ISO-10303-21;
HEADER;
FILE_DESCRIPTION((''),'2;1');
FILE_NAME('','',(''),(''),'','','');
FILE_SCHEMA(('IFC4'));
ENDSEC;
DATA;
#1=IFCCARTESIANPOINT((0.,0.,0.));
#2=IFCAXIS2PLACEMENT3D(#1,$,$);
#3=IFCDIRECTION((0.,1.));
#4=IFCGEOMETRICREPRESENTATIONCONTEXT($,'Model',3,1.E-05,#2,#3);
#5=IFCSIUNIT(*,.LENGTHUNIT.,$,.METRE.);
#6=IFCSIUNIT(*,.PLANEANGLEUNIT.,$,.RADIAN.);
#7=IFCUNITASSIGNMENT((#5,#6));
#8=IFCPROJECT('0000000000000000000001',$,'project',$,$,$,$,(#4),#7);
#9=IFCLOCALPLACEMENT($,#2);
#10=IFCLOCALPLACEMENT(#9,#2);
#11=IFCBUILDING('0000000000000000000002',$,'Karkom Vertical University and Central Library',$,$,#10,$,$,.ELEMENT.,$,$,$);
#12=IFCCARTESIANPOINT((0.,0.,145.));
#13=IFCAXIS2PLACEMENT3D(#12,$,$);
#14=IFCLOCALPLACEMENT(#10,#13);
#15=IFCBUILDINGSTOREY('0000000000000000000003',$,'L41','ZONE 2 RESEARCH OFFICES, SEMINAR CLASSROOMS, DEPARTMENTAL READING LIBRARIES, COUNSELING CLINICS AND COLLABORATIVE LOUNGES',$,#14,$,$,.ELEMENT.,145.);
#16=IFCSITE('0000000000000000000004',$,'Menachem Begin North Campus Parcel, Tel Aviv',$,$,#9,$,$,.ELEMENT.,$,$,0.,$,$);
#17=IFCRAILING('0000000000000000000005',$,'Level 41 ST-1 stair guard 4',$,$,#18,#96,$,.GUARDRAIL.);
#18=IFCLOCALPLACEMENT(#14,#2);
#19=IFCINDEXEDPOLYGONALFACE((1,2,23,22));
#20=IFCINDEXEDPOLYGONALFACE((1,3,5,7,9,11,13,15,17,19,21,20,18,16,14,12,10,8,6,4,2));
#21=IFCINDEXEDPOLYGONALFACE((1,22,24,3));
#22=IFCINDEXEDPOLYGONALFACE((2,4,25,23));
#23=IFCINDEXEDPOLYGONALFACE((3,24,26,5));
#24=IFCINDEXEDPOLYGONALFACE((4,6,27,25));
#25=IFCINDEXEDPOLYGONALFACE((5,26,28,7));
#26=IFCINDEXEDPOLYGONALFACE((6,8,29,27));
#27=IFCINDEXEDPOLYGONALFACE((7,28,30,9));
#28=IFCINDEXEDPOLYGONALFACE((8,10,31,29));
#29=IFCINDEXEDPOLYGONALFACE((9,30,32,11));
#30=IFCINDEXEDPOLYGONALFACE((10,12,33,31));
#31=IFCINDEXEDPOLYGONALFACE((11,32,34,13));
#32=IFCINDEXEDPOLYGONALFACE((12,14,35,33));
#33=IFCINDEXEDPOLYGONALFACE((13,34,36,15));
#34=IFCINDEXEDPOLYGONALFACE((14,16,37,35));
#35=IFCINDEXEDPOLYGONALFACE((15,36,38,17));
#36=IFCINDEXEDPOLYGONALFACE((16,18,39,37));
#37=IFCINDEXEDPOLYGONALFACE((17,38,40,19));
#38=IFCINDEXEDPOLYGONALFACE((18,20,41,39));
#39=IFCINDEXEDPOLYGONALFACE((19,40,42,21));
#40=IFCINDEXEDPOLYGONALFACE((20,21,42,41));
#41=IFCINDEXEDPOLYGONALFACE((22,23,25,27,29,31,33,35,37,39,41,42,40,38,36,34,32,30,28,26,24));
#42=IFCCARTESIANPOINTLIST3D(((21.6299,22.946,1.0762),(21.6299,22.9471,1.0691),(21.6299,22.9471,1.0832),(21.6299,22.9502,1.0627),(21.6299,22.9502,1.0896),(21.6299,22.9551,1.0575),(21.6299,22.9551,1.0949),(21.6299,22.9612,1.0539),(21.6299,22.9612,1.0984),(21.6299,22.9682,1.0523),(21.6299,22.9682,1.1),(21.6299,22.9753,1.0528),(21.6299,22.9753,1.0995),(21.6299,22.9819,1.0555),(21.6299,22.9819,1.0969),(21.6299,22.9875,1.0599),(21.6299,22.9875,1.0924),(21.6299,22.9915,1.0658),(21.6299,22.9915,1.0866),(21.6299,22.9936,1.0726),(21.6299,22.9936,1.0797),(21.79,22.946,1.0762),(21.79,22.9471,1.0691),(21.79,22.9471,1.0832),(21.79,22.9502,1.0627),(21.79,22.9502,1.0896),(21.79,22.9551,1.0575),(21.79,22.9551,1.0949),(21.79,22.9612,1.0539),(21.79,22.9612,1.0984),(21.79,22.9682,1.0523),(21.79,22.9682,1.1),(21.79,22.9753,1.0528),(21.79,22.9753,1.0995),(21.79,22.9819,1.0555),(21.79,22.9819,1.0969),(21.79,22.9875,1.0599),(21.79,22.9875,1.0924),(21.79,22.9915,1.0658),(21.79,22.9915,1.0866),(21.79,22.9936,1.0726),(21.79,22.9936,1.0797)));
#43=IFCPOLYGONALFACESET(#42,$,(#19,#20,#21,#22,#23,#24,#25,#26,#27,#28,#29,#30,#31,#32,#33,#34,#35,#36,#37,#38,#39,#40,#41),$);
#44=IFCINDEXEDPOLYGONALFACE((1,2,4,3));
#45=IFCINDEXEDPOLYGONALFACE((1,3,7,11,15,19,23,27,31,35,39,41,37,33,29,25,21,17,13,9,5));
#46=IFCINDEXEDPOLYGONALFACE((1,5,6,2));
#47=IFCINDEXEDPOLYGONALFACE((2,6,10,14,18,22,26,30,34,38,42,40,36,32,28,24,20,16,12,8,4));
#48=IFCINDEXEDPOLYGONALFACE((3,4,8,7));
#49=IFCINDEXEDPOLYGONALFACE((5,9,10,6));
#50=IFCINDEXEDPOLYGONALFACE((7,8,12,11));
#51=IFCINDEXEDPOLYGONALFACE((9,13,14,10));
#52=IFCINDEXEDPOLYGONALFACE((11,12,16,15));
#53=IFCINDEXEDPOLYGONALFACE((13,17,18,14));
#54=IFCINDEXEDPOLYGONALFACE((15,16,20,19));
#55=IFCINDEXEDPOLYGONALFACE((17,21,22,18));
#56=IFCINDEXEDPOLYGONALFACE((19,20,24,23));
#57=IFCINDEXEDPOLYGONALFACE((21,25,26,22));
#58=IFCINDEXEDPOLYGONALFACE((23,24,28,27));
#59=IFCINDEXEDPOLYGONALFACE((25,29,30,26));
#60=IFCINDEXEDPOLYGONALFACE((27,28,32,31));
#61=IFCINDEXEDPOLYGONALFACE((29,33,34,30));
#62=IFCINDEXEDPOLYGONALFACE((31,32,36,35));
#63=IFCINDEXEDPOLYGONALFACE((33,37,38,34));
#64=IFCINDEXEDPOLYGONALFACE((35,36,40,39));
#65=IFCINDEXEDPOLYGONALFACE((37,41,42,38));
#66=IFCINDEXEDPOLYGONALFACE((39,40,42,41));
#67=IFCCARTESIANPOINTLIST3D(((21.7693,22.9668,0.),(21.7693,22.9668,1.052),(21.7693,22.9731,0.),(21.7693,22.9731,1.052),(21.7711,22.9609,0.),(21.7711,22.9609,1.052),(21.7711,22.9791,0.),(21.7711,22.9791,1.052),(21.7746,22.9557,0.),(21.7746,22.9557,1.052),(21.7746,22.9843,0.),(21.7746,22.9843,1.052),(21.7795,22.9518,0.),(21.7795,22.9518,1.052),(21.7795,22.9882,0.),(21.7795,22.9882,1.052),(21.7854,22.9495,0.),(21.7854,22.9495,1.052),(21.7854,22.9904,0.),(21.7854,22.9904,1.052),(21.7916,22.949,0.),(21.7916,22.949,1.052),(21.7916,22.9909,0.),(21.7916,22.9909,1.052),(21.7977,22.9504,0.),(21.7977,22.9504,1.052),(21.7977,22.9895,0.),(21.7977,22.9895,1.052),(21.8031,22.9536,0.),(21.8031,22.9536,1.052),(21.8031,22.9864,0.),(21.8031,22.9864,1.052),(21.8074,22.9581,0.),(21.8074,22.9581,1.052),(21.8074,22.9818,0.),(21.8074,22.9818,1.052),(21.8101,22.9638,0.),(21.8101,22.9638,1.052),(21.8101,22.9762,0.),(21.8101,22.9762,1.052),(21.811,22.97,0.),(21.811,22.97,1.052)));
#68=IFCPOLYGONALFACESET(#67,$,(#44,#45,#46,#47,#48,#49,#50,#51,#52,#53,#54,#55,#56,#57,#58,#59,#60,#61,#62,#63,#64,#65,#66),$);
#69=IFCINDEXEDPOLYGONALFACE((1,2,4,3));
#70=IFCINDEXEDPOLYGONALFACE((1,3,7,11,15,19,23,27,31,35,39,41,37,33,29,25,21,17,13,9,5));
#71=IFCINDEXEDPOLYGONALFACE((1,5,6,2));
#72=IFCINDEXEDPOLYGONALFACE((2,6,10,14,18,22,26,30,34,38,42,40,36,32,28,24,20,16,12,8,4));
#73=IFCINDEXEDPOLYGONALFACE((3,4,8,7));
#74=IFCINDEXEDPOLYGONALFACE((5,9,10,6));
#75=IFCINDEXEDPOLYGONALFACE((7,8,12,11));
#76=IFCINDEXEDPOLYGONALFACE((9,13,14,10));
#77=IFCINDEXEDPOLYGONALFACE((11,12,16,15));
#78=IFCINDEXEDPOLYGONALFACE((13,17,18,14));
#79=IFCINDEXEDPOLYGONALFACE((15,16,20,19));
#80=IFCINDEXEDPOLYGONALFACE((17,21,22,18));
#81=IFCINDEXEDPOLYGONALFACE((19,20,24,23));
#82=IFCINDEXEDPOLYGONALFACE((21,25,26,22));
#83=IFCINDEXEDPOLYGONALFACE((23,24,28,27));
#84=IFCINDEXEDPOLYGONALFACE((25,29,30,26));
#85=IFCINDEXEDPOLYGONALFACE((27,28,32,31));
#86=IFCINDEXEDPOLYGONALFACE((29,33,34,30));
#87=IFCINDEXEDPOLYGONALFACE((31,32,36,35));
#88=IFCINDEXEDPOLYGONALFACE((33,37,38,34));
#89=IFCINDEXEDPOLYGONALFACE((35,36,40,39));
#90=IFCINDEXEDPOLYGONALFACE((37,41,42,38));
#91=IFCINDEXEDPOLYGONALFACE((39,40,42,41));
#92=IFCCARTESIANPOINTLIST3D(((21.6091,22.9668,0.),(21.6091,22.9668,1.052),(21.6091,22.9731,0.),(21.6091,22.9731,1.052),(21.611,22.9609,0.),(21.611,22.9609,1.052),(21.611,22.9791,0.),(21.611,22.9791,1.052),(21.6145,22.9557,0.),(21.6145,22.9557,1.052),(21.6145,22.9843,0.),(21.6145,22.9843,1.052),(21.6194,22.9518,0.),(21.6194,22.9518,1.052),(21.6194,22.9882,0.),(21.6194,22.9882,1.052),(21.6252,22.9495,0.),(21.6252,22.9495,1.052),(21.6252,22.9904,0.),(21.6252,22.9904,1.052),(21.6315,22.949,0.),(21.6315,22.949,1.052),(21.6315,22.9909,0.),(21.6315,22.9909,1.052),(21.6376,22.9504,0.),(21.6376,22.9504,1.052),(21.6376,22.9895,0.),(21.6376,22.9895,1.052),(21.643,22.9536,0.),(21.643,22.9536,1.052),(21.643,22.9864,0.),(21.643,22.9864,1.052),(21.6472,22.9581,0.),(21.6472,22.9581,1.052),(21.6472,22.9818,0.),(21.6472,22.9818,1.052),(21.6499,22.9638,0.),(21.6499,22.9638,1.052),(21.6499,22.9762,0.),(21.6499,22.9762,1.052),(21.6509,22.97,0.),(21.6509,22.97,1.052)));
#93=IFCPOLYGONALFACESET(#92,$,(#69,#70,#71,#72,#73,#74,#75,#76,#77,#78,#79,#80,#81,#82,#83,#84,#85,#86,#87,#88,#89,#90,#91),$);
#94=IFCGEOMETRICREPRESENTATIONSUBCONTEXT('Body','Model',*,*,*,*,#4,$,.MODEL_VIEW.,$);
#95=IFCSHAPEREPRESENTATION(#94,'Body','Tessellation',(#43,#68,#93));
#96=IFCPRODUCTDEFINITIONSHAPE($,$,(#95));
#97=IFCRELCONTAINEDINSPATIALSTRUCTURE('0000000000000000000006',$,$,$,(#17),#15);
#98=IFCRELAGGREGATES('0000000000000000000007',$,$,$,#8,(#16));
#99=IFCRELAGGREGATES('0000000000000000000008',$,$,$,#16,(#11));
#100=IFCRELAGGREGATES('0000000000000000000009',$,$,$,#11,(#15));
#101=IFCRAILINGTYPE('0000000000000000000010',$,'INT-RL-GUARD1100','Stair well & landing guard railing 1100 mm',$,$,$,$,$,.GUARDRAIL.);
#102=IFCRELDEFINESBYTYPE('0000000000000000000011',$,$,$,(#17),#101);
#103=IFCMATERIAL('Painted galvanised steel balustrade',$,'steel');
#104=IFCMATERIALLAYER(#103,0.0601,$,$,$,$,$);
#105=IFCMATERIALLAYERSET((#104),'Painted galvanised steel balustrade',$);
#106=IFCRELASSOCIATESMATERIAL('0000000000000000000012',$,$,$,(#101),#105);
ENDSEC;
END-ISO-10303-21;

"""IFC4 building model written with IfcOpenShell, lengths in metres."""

from ifc_helpers import new_model, si_unit, direction, frame, origin, origin_2d, place, context, subcontext, project, spatial, circle, extrude, material, layer, layer_set, type_object, element, save


model = new_model("IFC4")

# Units and contexts
model_context = context("Model", 3, precision=1e-05, world=origin(), true_north=direction((0.0, 1.0)))
body_context = subcontext(model_context, "Body", "Model", "MODEL_VIEW")
ifc_project = project(units=[si_unit("LENGTHUNIT", "METRE"), si_unit("PLANEANGLEUNIT", "RADIAN")], contexts=[model_context])

# Site, building, storey
site_placement = place(None, origin())
site = spatial("IfcSite", under=ifc_project, at=site_placement, Name="Menachem Begin North Campus Parcel, Tel Aviv", CompositionType="ELEMENT", RefElevation=0.0)
building_placement = place(site_placement, origin())
building = spatial("IfcBuilding", under=site, at=building_placement, Name="Karkom Vertical University and Central Library", CompositionType="ELEMENT")
storey_placement = place(building_placement, frame((0.0, 0.0, 145.0)))
storey = spatial("IfcBuildingStorey", under=building, at=storey_placement, Name="L41", Description="ZONE 2 RESEARCH OFFICES, SEMINAR CLASSROOMS, DEPARTMENTAL READING LIBRARIES, COUNSELING CLINICS AND COLLABORATIVE LOUNGES", CompositionType="ELEMENT", Elevation=145.0)

# Railing
ifc_material_1 = material(Name="Painted galvanised steel balustrade", Category="steel")
ifc_layer_1 = layer(ifc_material_1, 0.0601)
ifc_layer_set_1 = layer_set([ifc_layer_1], Name="Painted galvanised steel balustrade")
railing_type_1 = type_object("IfcRailingType", Name="INT-RL-GUARD1100", Description="Stair well & landing guard railing 1100 mm", PredefinedType="GUARDRAIL", material=ifc_layer_set_1)
railing_1_placement = place(storey_placement, frame((21.79, 22.97, 0.0)))
element("IfcRailing", 1, at=railing_1_placement, inside=storey, type_object=railing_type_1, Name="Level 41 ST-1 stair guard 4", PredefinedType="GUARDRAIL", context=body_context, shape_type="SweptSolid", body=[
    extrude(circle(Radius=0.0239, at=origin_2d()), frame((0.0, 0.0, 1.0762), z_axis=(-1.0, 0.0, 0.0), x_axis=(0.0, -1.0, 0.0)), (0.0, 0.0, 1.0), 0.1602),
    extrude(circle(Radius=0.021, at=origin_2d()), origin(), (0.0, 0.0, 1.0), 1.052),
    extrude(circle(Radius=0.021, at=origin_2d()), frame((-0.1602, 0.0, 0.0)), (0.0, 0.0, 1.0), 1.052),
])

save(model, "model.ifc")
